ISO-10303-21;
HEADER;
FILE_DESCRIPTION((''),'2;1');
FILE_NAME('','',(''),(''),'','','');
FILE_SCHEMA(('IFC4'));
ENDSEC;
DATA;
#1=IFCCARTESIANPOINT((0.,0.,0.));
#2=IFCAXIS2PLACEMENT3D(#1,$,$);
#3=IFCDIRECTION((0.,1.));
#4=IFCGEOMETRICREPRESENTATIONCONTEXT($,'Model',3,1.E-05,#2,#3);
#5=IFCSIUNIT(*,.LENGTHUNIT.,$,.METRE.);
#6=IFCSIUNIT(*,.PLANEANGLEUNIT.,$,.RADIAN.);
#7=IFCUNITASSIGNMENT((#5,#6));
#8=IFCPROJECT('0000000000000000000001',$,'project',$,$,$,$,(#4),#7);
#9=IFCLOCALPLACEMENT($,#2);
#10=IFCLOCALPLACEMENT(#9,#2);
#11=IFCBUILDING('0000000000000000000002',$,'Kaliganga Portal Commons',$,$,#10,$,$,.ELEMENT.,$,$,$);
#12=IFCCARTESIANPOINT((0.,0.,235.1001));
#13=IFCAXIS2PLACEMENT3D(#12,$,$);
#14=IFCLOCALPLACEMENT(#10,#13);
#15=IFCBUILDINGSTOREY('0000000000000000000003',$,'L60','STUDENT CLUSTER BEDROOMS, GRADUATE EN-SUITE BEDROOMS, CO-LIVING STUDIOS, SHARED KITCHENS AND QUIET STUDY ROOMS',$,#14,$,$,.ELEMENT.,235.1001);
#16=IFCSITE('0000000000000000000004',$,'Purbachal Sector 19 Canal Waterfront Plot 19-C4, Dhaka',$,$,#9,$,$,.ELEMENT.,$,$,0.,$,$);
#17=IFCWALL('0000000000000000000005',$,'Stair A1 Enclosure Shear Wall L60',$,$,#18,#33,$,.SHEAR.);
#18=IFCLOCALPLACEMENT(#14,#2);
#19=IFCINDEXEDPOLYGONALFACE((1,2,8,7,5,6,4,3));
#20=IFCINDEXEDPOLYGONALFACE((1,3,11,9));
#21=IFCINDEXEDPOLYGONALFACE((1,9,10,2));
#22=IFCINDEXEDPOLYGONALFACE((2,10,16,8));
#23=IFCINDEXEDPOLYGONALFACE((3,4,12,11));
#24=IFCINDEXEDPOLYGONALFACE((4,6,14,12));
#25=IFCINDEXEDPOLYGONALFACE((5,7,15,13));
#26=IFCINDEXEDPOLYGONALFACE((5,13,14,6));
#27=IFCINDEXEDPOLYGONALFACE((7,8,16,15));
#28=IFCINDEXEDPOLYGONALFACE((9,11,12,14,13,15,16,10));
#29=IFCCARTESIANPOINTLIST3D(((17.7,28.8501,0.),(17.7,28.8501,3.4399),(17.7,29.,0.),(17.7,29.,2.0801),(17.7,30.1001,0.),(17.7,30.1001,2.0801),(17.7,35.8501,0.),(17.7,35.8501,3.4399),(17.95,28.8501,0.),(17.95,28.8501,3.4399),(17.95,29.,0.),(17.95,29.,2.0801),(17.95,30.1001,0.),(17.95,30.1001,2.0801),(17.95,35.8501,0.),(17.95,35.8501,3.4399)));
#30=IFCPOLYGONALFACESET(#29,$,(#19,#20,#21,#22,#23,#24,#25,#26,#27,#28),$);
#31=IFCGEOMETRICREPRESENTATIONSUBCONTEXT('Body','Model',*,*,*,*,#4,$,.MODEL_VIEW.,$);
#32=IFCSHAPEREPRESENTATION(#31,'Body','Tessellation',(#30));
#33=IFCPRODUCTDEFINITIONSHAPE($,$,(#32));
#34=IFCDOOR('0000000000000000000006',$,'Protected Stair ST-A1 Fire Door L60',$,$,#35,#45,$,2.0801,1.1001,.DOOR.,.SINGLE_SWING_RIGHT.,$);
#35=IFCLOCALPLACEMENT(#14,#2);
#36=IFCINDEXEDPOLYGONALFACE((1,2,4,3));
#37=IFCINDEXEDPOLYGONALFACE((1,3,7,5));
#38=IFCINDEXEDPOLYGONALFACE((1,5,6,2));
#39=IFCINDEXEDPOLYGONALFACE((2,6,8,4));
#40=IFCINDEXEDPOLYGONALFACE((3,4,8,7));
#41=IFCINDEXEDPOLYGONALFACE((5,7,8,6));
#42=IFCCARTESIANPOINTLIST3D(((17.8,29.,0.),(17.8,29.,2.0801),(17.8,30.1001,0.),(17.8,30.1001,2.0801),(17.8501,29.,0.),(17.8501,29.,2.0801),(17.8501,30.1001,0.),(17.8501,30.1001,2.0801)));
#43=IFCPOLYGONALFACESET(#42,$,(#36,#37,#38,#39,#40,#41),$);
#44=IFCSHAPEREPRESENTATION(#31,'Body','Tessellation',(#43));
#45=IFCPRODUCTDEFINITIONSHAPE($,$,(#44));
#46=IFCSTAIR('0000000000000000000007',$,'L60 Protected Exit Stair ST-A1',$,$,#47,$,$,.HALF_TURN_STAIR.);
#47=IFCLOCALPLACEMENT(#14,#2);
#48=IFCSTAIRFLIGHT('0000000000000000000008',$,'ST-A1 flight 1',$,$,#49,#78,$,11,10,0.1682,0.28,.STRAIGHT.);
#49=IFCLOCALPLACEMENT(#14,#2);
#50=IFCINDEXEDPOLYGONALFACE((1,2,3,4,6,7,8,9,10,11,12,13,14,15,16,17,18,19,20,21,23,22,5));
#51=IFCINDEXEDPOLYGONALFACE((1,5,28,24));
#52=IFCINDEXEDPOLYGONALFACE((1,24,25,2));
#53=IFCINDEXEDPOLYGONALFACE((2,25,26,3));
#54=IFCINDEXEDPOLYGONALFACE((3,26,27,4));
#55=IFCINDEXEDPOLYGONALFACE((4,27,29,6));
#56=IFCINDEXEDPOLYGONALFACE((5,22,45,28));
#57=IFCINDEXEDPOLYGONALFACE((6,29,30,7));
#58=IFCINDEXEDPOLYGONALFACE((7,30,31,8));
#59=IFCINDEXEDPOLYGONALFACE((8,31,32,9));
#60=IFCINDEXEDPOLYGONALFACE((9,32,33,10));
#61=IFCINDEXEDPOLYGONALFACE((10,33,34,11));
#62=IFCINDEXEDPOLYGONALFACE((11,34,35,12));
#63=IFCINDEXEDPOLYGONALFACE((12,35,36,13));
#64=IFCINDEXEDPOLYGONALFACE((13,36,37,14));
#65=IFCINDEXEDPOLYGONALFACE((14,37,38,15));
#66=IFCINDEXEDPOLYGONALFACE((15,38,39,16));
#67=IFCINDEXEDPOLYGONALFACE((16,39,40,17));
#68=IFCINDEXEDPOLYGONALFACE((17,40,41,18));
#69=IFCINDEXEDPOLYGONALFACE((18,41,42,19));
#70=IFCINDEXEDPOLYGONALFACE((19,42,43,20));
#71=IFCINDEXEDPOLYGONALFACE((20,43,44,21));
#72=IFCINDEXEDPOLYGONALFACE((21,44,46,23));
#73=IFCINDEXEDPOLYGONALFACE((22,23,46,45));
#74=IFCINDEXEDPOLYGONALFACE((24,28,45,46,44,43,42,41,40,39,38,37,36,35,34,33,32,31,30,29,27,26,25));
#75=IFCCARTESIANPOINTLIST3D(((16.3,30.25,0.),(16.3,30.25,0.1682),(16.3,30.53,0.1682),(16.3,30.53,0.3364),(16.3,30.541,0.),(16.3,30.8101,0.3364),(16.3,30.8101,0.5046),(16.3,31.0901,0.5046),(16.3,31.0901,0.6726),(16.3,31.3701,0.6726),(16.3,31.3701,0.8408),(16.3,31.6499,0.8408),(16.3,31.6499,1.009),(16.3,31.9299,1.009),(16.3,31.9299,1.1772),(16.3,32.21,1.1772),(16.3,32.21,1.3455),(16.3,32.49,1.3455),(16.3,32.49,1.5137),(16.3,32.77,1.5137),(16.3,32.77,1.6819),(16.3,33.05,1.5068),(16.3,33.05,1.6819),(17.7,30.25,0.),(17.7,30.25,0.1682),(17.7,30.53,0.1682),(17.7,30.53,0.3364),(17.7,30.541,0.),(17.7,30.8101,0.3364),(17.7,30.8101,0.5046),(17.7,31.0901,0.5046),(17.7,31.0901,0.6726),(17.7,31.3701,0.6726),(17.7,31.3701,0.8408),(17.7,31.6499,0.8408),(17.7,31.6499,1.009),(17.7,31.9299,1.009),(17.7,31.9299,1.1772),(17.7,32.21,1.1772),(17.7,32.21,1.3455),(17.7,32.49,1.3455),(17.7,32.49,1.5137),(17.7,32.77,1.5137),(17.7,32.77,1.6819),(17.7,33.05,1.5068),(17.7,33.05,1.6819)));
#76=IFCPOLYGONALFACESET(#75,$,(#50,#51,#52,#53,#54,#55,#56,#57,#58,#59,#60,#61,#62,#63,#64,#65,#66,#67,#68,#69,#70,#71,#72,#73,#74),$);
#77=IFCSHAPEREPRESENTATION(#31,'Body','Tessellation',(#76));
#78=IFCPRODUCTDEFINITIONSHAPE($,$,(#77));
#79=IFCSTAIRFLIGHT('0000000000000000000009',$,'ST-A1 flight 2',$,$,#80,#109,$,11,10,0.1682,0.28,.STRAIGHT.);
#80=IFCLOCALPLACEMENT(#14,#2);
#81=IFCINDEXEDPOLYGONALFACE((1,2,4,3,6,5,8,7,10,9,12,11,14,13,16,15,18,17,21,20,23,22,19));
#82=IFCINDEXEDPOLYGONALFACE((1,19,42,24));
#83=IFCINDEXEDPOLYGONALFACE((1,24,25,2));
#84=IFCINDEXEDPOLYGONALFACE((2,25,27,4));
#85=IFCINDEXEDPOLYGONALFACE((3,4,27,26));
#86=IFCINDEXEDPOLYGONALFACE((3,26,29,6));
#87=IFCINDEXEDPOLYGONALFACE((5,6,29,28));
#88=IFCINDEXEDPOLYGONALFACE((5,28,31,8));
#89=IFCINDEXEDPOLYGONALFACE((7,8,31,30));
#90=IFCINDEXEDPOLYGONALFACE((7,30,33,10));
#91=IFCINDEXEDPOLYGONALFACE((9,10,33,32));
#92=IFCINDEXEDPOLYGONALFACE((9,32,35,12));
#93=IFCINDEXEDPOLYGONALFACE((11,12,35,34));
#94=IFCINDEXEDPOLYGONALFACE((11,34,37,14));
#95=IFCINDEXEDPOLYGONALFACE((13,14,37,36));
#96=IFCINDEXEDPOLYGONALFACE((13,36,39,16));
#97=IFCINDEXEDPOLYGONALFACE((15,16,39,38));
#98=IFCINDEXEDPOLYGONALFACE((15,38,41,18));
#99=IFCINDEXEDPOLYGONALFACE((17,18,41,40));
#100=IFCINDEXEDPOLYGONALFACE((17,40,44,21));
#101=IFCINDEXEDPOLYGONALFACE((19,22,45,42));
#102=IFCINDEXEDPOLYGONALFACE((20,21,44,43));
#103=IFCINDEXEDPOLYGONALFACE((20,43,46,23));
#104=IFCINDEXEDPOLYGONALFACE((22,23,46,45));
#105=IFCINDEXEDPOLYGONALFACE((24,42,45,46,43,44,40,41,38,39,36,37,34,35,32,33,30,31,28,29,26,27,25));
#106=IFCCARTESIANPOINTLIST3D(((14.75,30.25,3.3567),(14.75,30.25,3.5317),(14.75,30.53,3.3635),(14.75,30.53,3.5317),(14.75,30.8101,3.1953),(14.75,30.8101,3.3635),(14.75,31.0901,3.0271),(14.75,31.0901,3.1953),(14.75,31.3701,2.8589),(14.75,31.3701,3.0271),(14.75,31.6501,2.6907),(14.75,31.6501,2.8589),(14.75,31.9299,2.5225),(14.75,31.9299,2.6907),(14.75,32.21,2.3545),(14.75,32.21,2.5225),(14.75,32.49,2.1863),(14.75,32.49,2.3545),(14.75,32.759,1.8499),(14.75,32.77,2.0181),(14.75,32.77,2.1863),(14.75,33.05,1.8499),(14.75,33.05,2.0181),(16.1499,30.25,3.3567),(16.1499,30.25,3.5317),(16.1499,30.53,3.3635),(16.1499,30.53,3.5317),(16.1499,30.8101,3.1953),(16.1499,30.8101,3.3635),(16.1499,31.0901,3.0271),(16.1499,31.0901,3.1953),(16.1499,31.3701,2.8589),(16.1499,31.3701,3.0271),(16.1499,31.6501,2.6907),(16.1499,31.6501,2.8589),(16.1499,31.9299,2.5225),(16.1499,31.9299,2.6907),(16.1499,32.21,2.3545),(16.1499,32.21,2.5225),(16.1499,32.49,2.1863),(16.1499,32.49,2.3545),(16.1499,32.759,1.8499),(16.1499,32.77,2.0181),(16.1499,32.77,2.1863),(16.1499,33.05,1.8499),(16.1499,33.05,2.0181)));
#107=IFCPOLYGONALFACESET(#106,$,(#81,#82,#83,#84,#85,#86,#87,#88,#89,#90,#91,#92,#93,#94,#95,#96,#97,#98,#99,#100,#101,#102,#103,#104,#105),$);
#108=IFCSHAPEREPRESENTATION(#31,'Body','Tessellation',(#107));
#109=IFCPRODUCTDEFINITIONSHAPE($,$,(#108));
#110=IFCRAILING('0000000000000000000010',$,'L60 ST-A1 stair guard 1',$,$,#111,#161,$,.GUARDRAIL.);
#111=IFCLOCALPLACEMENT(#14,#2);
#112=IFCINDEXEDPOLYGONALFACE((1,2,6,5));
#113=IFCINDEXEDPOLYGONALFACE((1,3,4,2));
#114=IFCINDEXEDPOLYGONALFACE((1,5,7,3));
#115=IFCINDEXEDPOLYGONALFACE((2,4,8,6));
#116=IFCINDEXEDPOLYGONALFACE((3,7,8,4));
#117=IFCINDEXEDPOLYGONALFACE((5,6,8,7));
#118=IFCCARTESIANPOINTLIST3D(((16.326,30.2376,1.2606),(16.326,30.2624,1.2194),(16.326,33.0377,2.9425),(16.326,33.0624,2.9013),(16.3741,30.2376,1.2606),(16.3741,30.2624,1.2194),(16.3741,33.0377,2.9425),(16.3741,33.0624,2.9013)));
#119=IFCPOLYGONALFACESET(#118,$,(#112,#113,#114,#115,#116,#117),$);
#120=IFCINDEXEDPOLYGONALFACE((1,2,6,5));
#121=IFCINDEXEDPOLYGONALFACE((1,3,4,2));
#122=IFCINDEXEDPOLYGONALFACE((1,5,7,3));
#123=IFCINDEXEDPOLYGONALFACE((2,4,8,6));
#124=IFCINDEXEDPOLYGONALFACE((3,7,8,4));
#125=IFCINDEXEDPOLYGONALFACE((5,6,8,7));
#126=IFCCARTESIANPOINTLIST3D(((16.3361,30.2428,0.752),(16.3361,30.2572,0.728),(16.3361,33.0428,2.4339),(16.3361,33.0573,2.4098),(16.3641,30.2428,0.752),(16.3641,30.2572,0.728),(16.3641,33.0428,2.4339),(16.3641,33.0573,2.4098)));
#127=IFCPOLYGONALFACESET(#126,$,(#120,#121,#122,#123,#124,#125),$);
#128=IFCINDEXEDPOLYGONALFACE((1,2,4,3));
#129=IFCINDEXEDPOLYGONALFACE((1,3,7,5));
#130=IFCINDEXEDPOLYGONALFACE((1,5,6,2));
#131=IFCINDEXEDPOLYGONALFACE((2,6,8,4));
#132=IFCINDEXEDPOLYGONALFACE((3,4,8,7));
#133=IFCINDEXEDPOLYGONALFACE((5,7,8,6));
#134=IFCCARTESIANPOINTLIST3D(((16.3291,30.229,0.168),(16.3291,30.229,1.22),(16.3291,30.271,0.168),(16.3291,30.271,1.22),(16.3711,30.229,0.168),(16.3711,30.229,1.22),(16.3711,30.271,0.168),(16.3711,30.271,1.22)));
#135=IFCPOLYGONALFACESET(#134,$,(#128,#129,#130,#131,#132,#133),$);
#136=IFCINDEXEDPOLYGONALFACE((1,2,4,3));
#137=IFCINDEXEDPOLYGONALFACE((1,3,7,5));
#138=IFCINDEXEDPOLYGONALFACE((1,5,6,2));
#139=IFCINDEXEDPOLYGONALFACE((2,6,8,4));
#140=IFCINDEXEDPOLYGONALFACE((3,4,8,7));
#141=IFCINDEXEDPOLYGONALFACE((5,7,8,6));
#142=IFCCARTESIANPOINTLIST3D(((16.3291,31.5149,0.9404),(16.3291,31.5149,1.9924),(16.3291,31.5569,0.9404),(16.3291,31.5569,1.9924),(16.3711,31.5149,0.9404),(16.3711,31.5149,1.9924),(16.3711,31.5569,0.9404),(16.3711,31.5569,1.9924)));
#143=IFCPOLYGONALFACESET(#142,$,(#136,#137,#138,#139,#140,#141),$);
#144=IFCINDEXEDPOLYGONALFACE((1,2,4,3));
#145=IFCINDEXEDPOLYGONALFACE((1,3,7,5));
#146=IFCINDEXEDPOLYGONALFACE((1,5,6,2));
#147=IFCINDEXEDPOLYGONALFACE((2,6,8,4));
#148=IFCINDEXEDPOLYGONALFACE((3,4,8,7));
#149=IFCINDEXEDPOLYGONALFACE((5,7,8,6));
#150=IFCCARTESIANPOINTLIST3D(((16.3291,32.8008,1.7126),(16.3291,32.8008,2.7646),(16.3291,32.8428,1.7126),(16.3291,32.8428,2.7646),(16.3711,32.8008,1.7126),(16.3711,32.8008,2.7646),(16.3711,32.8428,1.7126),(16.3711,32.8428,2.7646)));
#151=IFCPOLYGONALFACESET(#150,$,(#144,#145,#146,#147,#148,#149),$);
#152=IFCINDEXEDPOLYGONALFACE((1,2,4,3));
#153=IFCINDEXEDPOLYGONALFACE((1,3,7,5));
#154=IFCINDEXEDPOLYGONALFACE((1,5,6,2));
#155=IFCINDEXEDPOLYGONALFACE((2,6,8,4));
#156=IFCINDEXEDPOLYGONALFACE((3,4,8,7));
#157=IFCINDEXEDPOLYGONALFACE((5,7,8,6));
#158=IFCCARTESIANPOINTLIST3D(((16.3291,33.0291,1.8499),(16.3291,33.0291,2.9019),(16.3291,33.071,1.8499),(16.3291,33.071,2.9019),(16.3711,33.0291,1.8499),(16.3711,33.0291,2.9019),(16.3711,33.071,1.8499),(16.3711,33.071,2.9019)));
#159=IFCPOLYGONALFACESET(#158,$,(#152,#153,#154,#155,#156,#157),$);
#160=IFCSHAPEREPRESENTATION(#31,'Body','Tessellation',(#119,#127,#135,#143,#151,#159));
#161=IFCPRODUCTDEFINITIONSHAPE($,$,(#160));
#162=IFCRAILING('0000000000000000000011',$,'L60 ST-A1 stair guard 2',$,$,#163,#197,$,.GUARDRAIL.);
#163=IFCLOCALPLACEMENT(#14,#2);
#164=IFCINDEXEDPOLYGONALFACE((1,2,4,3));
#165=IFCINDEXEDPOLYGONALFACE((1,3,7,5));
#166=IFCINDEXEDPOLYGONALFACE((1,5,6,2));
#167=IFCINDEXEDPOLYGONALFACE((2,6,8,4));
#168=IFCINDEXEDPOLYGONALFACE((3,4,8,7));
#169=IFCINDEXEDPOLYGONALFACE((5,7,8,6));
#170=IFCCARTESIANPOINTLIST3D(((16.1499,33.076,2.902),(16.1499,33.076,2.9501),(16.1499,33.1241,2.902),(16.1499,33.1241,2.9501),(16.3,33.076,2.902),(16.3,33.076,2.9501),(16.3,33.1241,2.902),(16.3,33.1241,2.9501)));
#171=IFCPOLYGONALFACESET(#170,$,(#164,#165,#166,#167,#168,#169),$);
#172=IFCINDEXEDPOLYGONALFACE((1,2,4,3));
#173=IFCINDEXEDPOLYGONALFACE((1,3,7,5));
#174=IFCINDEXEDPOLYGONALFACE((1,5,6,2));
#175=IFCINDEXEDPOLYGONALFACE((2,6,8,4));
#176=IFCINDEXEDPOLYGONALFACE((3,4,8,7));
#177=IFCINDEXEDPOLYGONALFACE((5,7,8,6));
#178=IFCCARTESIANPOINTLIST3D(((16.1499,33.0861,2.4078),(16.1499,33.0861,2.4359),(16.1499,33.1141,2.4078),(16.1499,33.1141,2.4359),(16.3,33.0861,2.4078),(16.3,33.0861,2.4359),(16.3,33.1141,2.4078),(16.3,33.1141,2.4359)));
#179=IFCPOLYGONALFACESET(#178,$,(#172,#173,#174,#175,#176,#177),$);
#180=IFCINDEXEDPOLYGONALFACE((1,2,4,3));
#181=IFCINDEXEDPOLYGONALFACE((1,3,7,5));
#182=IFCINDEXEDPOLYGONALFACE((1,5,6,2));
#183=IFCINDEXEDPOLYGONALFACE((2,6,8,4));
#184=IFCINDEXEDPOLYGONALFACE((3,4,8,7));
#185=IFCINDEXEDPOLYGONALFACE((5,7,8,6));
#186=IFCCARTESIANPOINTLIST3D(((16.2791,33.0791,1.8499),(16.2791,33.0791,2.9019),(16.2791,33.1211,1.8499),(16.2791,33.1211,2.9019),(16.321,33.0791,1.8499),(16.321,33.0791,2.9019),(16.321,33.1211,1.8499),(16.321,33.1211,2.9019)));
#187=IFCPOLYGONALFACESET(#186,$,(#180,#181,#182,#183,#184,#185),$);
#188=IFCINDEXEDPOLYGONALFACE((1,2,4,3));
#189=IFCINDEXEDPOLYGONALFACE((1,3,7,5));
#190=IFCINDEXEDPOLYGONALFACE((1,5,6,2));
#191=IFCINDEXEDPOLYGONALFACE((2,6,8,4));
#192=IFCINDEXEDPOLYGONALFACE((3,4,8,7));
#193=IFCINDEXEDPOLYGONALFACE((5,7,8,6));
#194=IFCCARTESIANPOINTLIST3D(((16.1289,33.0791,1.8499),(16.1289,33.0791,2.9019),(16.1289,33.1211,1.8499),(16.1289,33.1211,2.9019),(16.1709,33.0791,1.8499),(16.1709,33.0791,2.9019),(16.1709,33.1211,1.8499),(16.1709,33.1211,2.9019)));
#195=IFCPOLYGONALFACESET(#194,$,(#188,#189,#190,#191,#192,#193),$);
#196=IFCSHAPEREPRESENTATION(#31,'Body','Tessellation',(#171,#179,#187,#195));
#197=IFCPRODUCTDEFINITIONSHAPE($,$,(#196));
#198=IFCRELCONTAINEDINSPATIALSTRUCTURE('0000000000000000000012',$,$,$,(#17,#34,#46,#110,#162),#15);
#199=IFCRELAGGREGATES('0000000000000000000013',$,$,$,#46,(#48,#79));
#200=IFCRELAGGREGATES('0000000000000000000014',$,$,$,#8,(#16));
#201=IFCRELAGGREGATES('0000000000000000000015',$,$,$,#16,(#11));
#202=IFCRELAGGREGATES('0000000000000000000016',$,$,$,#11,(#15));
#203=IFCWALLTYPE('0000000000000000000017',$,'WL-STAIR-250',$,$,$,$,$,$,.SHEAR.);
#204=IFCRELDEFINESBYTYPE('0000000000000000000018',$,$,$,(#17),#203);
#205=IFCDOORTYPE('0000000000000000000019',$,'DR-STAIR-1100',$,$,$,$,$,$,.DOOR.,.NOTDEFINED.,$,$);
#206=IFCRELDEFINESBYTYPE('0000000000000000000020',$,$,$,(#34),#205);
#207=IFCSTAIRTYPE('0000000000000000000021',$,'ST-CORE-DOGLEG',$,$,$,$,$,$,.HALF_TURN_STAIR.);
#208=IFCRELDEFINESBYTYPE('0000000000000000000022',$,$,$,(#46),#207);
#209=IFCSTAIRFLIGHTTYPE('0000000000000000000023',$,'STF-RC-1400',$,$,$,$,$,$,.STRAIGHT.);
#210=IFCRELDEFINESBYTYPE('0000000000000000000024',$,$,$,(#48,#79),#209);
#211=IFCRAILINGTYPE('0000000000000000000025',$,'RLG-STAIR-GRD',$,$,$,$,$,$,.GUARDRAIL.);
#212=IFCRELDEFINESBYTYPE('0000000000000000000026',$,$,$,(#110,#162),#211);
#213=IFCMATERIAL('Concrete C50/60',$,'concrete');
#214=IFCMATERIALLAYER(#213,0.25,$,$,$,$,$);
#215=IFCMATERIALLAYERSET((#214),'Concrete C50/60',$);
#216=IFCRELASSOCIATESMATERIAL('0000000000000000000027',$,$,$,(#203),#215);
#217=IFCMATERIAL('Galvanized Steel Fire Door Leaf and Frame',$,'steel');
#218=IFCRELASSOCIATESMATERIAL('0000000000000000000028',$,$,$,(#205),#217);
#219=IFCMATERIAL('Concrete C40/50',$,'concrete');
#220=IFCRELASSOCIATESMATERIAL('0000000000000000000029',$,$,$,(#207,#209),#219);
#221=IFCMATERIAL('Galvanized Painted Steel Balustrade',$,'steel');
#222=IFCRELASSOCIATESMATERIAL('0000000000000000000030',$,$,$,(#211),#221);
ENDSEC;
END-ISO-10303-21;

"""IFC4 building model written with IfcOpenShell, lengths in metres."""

from ifc_helpers import new_model, si_unit, direction, frame, frame_2d, origin, origin_2d, place, context, subcontext, project, spatial, polyline, rectangle, outline, extrude, material, layer, layer_set, type_object, element, fill, aggregate, save


model = new_model("IFC4")

# Units and contexts
model_context = context("Model", 3, precision=1e-05, world=origin(), true_north=direction((0.0, 1.0)))
body_context = subcontext(model_context, "Body", "Model", "MODEL_VIEW")
ifc_project = project(units=[si_unit("LENGTHUNIT", "METRE"), si_unit("PLANEANGLEUNIT", "RADIAN")], contexts=[model_context])

# Site, building, storey
site_placement = place(None, origin())
site = spatial("IfcSite", under=ifc_project, at=site_placement, Name="Purbachal Sector 19 Canal Waterfront Plot 19-C4, Dhaka", CompositionType="ELEMENT", RefElevation=0.0)
building_placement = place(site_placement, origin())
building = spatial("IfcBuilding", under=site, at=building_placement, Name="Kaliganga Portal Commons", CompositionType="ELEMENT")
storey_placement = place(building_placement, frame((0.0, 0.0, 235.1001)))
storey = spatial("IfcBuildingStorey", under=building, at=storey_placement, Name="L60", Description="STUDENT CLUSTER BEDROOMS, GRADUATE EN-SUITE BEDROOMS, CO-LIVING STUDIOS, SHARED KITCHENS AND QUIET STUDY ROOMS", CompositionType="ELEMENT", Elevation=235.1001)

# Shared definitions
ifc_material_1 = material(Name="Concrete C50/60", Category="concrete")

# Wall, opening, door
ifc_layer_1 = layer(ifc_material_1, 0.25)
ifc_layer_set_1 = layer_set([ifc_layer_1], Name="Concrete C50/60")
wall_type_1 = type_object("IfcWallType", Name="WL-STAIR-250", PredefinedType="SHEAR", material=ifc_layer_set_1)
wall_1_placement = place(storey_placement, frame((17.825, 28.8501, 0.0), z_axis=(0.0, 0.0, 1.0), x_axis=(0.0, 1.0, 0.0)))
wall_1 = element("IfcWall", 1, at=wall_1_placement, inside=storey, type_object=wall_type_1, Name="Stair A1 Enclosure Shear Wall L60", PredefinedType="SHEAR", context=body_context, shape_type="SweptSolid", body=[
    extrude(rectangle(XDim=7.0, YDim=0.25, at=frame_2d((3.5, 0.0))), origin(), (0.0, 0.0, 1.0), 3.4399),
])
opening_1_placement = place(wall_1_placement, frame((0.1499, 0.0, 0.0)))
opening_1 = element("IfcOpeningElement", 2, at=opening_1_placement, cuts=wall_1, PredefinedType="OPENING", context=body_context, shape_type="SweptSolid", body=[
    extrude(rectangle(XDim=1.1001, YDim=2.0801, at=frame_2d((0.55, 1.04))), frame((0.0, 0.135, 0.0), z_axis=(0.0, -1.0, 0.0), x_axis=(1.0, 0.0, 0.0)), (0.0, 0.0, 1.0), 0.27),
])
ifc_material_2 = material(Name="Galvanized Steel Fire Door Leaf and Frame", Category="steel")
door_type_1 = type_object("IfcDoorType", Name="DR-STAIR-1100", OperationType="NOTDEFINED", PredefinedType="DOOR", material=ifc_material_2)
door_1_placement = place(opening_1_placement, origin())
door_1 = element("IfcDoor", 3, at=door_1_placement, inside=storey, type_object=door_type_1, Name="Protected Stair ST-A1 Fire Door L60", OperationType="SINGLE_SWING_RIGHT", OverallHeight=2.0801, OverallWidth=1.1001, PredefinedType="DOOR", context=body_context, shape_type="SweptSolid", body=[
    extrude(rectangle(XDim=1.1001, YDim=2.0801, at=frame_2d((0.55, 1.04))), frame((0.0, 0.0249, 0.0), z_axis=(0.0, -1.0, 0.0), x_axis=(1.0, 0.0, 0.0)), (0.0, 0.0, 1.0), 0.05),
])
fill(opening_1, door_1)

# Stair, stair flights
ifc_material_3 = material(Name="Concrete C40/50", Category="concrete")
stair_type = type_object("IfcStairType", Name="ST-CORE-DOGLEG", PredefinedType="HALF_TURN_STAIR", material=ifc_material_3)
stair_placement = place(storey_placement, origin())
stair = element("IfcStair", 4, at=stair_placement, inside=storey, type_object=stair_type, Name="L60 Protected Exit Stair ST-A1", PredefinedType="HALF_TURN_STAIR")
stair_flight_type = type_object("IfcStairFlightType", Name="STF-RC-1400", PredefinedType="STRAIGHT", material=ifc_material_3)
stair_flight_1_placement = place(storey_placement, frame((17.0, 30.25, 0.0), z_axis=(0.0, 0.0, 1.0), x_axis=(0.0, 1.0, 0.0)))
stair_flight_1 = element("IfcStairFlight", 5, at=stair_flight_1_placement, type_object=stair_flight_type, Name="ST-A1 flight 1", NumberOfRisers=11, NumberOfTreads=10, PredefinedType="STRAIGHT", RiserHeight=0.1682, TreadLength=0.28, context=body_context, shape_type="SweptSolid", body=[
    extrude(outline(polyline([(0.0, 0.0), (0.0, 0.1682), (0.28, 0.1682), (0.28, 0.3364), (0.5601, 0.3364), (0.5601, 0.5046), (0.8401, 0.5046), (0.8401, 0.6726), (1.1201, 0.6726), (1.1201, 0.8408), (1.3999, 0.8408), (1.3999, 1.009), (1.6799, 1.009), (1.6799, 1.1772), (1.96, 1.1772), (1.96, 1.3455), (2.24, 1.3455), (2.24, 1.5137), (2.52, 1.5137), (2.52, 1.6819), (2.8, 1.6819), (2.8, 1.8501), (2.8, 1.5068), (0.291, 0.0), (0.0, 0.0)])), frame((0.0, 0.7, 0.0), z_axis=(0.0, -1.0, 0.0), x_axis=(1.0, 0.0, 0.0)), (0.0, 0.0, 1.0), 1.3999),
])
stair_flight_2_placement = place(storey_placement, frame((15.45, 33.05, 1.8499), z_axis=(0.0, 0.0, 1.0), x_axis=(0.0, -1.0, 0.0)))
stair_flight_2 = element("IfcStairFlight", 6, at=stair_flight_2_placement, type_object=stair_flight_type, Name="ST-A1 flight 2", NumberOfRisers=11, NumberOfTreads=10, PredefinedType="STRAIGHT", RiserHeight=0.1682, TreadLength=0.28, context=body_context, shape_type="SweptSolid", body=[
    extrude(outline(polyline([(0.0, 0.0), (0.0, 0.1682), (0.28, 0.1682), (0.28, 0.3364), (0.5601, 0.3364), (0.5601, 0.5046), (0.8401, 0.5046), (0.8401, 0.6726), (1.1201, 0.6726), (1.1201, 0.8408), (1.3999, 0.8408), (1.3999, 1.009), (1.6799, 1.009), (1.6799, 1.1772), (1.96, 1.1772), (1.96, 1.3455), (2.24, 1.3455), (2.24, 1.5137), (2.52, 1.5137), (2.52, 1.6819), (2.8, 1.6819), (2.8, 1.8501), (2.8, 1.5068), (0.291, 0.0), (0.0, 0.0)])), frame((0.0, 0.7, 0.0), z_axis=(0.0, -1.0, 0.0), x_axis=(1.0, 0.0, 0.0)), (0.0, 0.0, 1.0), 1.3999),
])
aggregate(stair, [stair_flight_1, stair_flight_2])

# Railings
ifc_material_4 = material(Name="Galvanized Painted Steel Balustrade", Category="steel")
railing_type_1 = type_object("IfcRailingType", Name="RLG-STAIR-GRD", PredefinedType="GUARDRAIL", material=ifc_material_4)
railing_1_placement = place(storey_placement, frame((16.3501, 30.25, 0.168)))
element("IfcRailing", 7, at=railing_1_placement, inside=storey, type_object=railing_type_1, Name="L60 ST-A1 stair guard 1", PredefinedType="GUARDRAIL", context=body_context, shape_type="SweptSolid", body=[
    extrude(rectangle(XDim=0.0481, YDim=0.0481, at=origin_2d()), frame((0.0, 0.0, 1.072), z_axis=(0.0, 0.857242, 0.514913), x_axis=(-1.0, 0.0, 0.0)), (0.0, 0.0, 1.0), 3.2664),
    extrude(rectangle(XDim=0.0281, YDim=0.0281, at=origin_2d()), frame((0.0, 0.0, 0.572), z_axis=(0.0, 0.857242, 0.514913), x_axis=(-1.0, 0.0, 0.0)), (0.0, 0.0, 1.0), 3.2664),
    extrude(rectangle(XDim=0.042, YDim=0.042, at=origin_2d()), origin(), (0.0, 0.0, 1.0), 1.052),
    extrude(rectangle(XDim=0.042, YDim=0.042, at=origin_2d()), frame((0.0, 1.2859, 0.7725)), (0.0, 0.0, 1.0), 1.052),
    extrude(rectangle(XDim=0.042, YDim=0.042, at=origin_2d()), frame((0.0, 2.5718, 1.5447)), (0.0, 0.0, 1.0), 1.052),
    extrude(rectangle(XDim=0.042, YDim=0.042, at=origin_2d()), frame((0.0, 2.8, 1.6819)), (0.0, 0.0, 1.0), 1.052),
])
railing_2_placement = place(storey_placement, frame((16.3, 33.1001, 1.8499)))
element("IfcRailing", 8, at=railing_2_placement, inside=storey, type_object=railing_type_1, Name="L60 ST-A1 stair guard 2", PredefinedType="GUARDRAIL", context=body_context, shape_type="SweptSolid", body=[
    extrude(rectangle(XDim=0.0481, YDim=0.0481, at=origin_2d()), frame((0.0, 0.0, 1.0762), z_axis=(-1.0, 0.0, 0.0), x_axis=(0.0, -1.0, 0.0)), (0.0, 0.0, 1.0), 0.1501),
    extrude(rectangle(XDim=0.0281, YDim=0.0281, at=origin_2d()), frame((0.0, 0.0, 0.572), z_axis=(-1.0, 0.0, 0.0), x_axis=(0.0, -1.0, 0.0)), (0.0, 0.0, 1.0), 0.1501),
    extrude(rectangle(XDim=0.042, YDim=0.042, at=origin_2d()), origin(), (0.0, 0.0, 1.0), 1.052),
    extrude(rectangle(XDim=0.042, YDim=0.042, at=origin_2d()), frame((-0.1501, 0.0, 0.0)), (0.0, 0.0, 1.0), 1.052),
])

save(model, "model.ifc")
